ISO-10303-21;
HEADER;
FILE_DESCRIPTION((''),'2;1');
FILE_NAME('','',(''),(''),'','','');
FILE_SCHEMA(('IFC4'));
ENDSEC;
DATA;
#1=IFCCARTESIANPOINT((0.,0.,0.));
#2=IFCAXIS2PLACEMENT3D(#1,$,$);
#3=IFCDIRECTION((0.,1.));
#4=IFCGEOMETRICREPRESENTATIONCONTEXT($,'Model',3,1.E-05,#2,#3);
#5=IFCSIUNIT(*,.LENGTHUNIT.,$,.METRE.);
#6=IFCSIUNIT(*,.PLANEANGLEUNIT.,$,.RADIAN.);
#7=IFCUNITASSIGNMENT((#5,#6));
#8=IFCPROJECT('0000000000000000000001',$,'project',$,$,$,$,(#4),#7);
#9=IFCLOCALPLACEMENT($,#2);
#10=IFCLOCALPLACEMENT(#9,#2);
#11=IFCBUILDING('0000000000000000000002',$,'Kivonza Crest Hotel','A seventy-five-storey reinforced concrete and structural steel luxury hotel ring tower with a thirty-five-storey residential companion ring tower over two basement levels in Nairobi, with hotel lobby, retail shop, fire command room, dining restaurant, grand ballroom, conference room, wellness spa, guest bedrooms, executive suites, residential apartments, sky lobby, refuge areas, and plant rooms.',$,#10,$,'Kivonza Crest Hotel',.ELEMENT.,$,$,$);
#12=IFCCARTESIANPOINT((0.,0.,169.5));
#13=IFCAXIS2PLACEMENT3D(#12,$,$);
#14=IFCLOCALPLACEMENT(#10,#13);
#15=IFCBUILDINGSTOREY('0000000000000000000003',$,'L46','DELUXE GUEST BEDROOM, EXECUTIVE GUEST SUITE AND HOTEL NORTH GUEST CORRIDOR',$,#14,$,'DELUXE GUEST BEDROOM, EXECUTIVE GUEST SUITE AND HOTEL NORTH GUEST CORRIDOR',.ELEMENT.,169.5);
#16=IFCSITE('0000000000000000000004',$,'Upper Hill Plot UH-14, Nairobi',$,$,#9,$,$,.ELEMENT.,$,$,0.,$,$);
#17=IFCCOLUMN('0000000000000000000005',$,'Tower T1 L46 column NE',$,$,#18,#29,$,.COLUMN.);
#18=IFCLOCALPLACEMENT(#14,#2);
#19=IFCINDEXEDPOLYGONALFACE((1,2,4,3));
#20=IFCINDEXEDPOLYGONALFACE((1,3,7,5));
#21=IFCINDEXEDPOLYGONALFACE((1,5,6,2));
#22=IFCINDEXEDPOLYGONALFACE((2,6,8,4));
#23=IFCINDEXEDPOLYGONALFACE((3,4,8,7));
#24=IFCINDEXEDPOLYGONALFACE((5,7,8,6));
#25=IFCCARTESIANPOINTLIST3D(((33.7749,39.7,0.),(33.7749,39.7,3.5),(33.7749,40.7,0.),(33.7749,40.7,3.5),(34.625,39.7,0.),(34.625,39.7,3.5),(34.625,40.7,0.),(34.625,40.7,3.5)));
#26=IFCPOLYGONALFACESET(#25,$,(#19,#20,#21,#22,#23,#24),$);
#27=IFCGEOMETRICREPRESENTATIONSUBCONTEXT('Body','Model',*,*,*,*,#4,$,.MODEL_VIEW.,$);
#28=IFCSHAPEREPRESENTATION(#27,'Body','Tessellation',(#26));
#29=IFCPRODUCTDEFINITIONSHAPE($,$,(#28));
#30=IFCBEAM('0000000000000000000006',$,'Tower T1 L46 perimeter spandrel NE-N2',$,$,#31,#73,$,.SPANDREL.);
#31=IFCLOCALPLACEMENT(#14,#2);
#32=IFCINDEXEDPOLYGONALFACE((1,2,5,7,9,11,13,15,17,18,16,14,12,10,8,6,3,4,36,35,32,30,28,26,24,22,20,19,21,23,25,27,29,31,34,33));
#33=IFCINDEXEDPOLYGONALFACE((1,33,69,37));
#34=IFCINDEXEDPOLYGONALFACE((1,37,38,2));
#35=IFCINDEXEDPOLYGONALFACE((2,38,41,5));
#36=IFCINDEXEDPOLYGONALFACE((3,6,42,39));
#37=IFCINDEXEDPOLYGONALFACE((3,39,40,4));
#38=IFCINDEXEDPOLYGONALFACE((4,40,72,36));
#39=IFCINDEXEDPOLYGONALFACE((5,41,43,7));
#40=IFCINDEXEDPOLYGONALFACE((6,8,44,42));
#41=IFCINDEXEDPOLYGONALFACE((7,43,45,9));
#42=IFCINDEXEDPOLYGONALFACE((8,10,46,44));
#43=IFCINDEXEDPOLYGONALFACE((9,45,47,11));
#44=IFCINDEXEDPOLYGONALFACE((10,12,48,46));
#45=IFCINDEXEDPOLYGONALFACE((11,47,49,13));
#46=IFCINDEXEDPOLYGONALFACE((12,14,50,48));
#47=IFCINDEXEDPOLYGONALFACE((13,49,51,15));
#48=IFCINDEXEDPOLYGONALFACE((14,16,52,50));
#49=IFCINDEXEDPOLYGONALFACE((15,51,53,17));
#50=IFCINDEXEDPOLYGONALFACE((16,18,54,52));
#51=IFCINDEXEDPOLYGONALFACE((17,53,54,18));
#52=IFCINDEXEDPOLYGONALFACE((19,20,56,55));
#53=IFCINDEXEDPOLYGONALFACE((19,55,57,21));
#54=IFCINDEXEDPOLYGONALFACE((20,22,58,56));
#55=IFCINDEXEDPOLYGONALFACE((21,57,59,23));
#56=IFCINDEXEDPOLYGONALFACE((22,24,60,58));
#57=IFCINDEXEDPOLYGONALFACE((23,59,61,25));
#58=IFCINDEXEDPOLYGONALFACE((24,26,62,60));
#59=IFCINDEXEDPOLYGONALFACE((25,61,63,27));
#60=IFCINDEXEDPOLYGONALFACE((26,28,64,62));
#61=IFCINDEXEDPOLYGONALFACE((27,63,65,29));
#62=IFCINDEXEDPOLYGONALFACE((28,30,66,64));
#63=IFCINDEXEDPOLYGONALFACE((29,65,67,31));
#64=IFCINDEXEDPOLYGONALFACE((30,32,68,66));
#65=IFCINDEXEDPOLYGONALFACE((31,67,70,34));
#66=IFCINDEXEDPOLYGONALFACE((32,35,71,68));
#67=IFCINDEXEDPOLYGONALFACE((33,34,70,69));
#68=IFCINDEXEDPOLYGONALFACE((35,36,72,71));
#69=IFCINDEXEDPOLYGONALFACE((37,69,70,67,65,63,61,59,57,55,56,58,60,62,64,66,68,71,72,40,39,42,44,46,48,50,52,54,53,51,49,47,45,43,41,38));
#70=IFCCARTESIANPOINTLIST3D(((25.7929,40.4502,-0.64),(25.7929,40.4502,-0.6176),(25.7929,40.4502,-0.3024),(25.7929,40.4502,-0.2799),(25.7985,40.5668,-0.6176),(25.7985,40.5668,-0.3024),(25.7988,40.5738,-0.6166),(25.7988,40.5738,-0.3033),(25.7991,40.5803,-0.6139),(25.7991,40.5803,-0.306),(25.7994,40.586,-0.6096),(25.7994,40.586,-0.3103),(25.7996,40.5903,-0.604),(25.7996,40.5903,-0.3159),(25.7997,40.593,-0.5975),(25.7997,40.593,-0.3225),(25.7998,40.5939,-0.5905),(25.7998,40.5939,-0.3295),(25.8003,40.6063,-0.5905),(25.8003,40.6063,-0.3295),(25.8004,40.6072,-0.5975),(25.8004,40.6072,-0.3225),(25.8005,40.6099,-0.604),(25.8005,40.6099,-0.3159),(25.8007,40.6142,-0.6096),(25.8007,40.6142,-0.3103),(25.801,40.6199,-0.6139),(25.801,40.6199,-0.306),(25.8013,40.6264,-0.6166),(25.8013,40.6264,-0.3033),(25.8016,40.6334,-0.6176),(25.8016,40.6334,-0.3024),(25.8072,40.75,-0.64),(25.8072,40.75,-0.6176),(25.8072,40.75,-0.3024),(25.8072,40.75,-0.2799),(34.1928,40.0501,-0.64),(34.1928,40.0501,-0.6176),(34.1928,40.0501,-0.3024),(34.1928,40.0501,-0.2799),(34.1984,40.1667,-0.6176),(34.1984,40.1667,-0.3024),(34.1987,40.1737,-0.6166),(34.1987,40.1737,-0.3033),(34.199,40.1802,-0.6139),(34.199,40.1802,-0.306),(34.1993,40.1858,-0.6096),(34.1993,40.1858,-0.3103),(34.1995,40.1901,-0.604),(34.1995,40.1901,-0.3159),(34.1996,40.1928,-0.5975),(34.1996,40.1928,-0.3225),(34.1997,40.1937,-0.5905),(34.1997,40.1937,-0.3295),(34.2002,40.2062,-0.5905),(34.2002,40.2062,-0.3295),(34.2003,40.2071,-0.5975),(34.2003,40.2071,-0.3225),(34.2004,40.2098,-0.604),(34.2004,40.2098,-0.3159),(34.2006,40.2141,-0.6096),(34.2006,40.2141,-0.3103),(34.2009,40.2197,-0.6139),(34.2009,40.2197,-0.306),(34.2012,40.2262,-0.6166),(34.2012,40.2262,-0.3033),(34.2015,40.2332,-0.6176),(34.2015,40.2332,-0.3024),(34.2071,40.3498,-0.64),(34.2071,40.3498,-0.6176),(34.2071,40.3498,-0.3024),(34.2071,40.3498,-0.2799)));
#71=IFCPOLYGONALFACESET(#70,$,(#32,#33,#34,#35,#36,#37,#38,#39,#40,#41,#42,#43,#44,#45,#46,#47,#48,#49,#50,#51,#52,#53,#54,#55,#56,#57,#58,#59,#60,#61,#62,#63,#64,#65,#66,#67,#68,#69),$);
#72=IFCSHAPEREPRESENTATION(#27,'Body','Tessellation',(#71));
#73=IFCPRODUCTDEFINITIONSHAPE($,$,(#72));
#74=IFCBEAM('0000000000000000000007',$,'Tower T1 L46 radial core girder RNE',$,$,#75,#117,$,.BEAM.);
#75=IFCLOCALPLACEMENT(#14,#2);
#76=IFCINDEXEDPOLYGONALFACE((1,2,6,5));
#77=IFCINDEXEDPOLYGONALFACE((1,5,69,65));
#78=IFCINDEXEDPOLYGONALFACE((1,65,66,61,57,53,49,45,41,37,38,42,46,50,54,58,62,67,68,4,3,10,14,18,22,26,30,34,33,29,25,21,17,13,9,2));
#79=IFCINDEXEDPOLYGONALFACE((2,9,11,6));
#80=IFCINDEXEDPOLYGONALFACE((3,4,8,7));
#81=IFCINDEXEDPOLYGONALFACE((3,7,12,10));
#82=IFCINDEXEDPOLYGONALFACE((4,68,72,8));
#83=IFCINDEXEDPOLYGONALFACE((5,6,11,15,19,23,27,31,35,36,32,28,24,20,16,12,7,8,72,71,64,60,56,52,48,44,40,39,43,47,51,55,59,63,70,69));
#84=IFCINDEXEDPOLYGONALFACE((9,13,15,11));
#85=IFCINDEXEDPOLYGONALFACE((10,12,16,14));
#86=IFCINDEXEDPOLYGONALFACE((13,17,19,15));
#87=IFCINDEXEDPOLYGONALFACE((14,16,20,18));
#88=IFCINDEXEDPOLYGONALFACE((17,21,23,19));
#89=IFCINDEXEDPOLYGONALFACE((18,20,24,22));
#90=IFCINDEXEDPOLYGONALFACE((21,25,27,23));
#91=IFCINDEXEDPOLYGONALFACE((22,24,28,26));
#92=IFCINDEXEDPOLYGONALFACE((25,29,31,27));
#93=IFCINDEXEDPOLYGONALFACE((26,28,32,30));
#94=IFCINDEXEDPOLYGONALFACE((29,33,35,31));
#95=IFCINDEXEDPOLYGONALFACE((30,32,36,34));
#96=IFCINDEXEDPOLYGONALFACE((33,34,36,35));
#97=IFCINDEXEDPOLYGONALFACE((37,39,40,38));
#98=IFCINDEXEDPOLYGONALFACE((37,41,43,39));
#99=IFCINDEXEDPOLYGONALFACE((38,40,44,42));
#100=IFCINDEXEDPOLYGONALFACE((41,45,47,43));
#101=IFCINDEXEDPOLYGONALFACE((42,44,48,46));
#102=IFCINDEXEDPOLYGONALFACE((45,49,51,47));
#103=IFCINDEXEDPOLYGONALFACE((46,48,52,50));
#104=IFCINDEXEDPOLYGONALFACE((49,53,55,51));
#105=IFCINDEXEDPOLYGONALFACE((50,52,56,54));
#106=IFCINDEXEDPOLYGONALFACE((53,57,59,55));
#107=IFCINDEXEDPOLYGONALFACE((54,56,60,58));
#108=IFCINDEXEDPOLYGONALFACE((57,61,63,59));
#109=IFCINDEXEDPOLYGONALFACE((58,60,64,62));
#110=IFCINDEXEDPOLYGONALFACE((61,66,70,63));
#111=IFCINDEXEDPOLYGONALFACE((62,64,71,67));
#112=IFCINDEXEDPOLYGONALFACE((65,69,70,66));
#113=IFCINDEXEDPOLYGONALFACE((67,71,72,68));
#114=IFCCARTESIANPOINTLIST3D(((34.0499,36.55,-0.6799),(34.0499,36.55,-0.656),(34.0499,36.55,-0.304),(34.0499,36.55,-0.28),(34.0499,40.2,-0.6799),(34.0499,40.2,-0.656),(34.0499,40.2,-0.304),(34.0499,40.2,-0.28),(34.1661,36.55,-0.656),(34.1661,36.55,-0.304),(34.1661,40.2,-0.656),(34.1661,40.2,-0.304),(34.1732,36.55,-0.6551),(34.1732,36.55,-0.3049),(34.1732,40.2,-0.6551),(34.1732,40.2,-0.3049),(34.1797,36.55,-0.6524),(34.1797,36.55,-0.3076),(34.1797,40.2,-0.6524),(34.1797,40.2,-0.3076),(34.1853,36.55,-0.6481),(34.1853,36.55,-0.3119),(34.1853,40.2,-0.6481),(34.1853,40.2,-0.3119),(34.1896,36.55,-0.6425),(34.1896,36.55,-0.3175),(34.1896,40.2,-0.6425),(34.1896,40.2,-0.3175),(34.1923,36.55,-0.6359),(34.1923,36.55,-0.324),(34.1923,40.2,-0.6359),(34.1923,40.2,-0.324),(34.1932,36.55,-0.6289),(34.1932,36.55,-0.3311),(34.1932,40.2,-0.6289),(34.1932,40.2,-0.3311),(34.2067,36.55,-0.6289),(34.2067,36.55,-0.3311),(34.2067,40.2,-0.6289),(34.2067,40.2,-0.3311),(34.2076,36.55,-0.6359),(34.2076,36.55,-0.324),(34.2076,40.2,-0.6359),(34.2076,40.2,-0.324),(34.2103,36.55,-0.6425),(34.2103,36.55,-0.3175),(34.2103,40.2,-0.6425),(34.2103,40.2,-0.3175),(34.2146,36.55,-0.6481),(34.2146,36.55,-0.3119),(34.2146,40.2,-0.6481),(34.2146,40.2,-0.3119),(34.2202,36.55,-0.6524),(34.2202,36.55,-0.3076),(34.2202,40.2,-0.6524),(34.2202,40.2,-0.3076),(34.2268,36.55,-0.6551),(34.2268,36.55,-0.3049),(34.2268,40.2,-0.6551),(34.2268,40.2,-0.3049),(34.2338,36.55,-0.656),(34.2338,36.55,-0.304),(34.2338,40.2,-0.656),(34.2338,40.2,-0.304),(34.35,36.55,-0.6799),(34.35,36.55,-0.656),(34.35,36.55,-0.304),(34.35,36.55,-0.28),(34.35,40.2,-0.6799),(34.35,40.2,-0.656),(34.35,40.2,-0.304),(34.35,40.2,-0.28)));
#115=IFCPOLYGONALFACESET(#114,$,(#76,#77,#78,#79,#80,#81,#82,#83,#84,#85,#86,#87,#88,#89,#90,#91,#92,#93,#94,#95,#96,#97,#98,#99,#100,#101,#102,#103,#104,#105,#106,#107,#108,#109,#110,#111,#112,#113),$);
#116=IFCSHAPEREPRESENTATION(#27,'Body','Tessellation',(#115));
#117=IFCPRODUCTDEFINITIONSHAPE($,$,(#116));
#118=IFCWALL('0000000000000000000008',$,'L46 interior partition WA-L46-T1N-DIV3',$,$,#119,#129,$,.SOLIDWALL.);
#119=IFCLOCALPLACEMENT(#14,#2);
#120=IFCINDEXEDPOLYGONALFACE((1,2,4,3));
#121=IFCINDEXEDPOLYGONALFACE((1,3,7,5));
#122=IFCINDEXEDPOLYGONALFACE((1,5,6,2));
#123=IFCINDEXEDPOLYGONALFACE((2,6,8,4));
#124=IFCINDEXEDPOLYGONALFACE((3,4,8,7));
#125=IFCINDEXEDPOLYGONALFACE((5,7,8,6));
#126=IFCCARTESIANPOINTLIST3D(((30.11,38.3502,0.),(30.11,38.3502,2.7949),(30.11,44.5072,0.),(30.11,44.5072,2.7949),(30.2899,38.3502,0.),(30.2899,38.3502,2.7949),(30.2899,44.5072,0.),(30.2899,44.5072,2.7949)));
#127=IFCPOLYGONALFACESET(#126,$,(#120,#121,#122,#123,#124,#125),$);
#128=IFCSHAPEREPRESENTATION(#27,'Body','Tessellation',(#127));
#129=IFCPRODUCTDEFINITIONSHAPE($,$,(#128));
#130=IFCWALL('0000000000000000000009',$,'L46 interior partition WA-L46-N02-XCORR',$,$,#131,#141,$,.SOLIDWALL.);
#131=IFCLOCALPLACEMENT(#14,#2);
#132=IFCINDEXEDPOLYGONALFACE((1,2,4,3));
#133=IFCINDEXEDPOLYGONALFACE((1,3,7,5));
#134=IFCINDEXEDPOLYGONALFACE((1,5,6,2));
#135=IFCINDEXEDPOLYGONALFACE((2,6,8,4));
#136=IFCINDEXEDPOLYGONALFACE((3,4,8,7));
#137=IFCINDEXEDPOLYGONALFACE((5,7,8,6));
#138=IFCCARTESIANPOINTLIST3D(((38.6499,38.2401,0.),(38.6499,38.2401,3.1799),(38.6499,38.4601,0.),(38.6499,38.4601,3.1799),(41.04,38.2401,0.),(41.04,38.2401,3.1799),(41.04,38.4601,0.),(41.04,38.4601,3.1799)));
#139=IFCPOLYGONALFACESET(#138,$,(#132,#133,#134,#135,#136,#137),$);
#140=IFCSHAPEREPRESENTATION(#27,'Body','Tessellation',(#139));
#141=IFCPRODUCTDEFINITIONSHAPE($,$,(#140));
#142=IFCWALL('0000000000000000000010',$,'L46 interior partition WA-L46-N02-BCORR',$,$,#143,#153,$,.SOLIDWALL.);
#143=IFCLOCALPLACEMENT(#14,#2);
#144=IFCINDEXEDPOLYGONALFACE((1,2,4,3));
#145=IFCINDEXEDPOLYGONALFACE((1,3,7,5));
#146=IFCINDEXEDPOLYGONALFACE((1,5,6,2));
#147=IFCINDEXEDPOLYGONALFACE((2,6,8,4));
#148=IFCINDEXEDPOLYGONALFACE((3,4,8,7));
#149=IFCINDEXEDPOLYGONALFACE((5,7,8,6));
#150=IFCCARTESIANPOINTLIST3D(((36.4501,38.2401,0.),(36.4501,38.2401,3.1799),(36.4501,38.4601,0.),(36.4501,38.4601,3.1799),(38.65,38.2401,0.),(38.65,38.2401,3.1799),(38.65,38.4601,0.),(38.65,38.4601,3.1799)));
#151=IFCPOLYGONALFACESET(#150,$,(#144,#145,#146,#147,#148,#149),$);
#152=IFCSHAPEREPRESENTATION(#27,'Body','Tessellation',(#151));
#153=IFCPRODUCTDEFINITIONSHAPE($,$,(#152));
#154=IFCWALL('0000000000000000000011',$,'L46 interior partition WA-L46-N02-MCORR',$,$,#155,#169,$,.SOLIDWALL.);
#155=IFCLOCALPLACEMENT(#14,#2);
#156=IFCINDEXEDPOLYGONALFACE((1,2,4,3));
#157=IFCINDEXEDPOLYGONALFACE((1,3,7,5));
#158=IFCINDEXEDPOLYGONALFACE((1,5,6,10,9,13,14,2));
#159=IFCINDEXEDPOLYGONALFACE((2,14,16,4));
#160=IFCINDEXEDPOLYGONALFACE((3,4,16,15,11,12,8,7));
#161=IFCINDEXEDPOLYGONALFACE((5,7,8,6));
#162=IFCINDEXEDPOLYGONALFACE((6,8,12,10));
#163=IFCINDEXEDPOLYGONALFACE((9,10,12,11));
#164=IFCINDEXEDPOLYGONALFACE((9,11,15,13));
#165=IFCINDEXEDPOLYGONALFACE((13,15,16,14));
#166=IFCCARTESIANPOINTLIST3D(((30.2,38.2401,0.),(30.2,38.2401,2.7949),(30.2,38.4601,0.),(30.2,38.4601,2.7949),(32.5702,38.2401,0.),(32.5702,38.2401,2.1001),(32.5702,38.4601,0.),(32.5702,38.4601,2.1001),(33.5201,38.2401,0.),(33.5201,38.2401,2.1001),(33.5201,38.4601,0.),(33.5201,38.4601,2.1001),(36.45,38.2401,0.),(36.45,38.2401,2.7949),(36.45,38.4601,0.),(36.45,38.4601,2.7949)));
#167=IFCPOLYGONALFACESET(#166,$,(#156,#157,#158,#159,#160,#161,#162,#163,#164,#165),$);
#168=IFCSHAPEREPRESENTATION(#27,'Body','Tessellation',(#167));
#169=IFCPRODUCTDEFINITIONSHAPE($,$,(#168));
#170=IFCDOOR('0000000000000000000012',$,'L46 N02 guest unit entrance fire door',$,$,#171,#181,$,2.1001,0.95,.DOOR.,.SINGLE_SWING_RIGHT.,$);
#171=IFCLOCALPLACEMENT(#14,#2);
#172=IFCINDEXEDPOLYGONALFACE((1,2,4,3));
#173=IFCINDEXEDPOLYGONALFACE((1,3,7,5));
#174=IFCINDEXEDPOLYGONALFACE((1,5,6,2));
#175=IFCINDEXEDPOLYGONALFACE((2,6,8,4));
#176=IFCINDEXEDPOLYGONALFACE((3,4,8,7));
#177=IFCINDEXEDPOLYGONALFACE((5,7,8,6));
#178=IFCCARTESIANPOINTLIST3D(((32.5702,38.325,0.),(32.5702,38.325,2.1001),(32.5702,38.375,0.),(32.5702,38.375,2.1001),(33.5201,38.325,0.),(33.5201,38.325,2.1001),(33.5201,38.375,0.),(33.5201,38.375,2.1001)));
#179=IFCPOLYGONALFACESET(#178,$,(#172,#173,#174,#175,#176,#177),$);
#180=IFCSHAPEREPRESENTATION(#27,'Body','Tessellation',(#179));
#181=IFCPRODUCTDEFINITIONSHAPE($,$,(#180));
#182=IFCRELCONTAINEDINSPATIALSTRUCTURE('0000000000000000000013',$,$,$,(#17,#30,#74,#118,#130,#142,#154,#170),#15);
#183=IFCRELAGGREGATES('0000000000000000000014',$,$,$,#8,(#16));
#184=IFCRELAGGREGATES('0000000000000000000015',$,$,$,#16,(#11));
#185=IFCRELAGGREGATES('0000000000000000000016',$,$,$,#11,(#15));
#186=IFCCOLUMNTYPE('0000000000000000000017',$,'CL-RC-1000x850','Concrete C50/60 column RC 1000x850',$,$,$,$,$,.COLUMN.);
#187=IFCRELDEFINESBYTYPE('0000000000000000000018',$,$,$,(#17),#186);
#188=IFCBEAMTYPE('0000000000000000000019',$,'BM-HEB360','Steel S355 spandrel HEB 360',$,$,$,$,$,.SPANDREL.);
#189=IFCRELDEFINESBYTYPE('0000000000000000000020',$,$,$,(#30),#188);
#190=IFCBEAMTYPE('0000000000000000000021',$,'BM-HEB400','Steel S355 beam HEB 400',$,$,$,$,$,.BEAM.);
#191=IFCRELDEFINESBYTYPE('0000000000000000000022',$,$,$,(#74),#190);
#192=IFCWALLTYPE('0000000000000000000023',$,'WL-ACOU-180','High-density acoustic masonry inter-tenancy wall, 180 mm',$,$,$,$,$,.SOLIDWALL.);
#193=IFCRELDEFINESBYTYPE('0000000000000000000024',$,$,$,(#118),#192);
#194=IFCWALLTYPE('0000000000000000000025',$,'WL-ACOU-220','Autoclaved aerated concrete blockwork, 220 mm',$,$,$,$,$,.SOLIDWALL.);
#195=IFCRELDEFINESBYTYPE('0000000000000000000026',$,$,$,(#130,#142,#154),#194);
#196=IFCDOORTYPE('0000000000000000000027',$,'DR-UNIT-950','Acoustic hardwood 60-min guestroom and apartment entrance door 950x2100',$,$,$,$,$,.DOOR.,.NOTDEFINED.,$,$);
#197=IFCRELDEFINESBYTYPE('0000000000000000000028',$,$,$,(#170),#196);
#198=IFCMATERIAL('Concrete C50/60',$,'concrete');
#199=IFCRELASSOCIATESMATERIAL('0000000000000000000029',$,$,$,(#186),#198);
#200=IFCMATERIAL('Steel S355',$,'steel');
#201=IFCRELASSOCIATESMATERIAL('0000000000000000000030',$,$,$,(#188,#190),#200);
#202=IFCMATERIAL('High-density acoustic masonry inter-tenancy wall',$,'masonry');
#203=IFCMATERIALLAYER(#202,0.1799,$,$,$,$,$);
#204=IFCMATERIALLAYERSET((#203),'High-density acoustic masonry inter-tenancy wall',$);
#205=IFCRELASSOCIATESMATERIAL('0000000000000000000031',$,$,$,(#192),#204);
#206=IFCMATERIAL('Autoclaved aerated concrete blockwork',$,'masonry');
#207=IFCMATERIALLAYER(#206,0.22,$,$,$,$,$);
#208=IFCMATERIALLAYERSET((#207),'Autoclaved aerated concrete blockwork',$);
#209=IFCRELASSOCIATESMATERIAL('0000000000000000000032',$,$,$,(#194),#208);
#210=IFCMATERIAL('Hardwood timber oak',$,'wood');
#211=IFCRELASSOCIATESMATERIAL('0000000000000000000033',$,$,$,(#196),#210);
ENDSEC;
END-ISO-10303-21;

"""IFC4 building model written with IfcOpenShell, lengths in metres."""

from ifc_helpers import new_model, si_unit, direction, frame, frame_2d, origin, origin_2d, place, context, subcontext, project, spatial, rectangle, i_section, extrude, material, layer, layer_set, material_profile, profile_set, type_object, element, fill, save


model = new_model("IFC4")

# Units and contexts
model_context = context("Model", 3, precision=1e-05, world=origin(), true_north=direction((0.0, 1.0)))
body_context = subcontext(model_context, "Body", "Model", "MODEL_VIEW")
ifc_project = project(units=[si_unit("LENGTHUNIT", "METRE"), si_unit("PLANEANGLEUNIT", "RADIAN")], contexts=[model_context])

# Site, building, storey
site_placement = place(None, origin())
site = spatial("IfcSite", under=ifc_project, at=site_placement, Name="Upper Hill Plot UH-14, Nairobi", CompositionType="ELEMENT", RefElevation=0.0)
building_placement = place(site_placement, origin())
building = spatial("IfcBuilding", under=site, at=building_placement, Name="Kivonza Crest Hotel", Description="A seventy-five-storey reinforced concrete and structural steel luxury hotel ring tower with a thirty-five-storey residential companion ring tower over two basement levels in Nairobi, with hotel lobby, retail shop, fire command room, dining restaurant, grand ballroom, conference room, wellness spa, guest bedrooms, executive suites, residential apartments, sky lobby, refuge areas, and plant rooms.", LongName="Kivonza Crest Hotel", CompositionType="ELEMENT")
storey_placement = place(building_placement, frame((0.0, 0.0, 169.5)))
storey = spatial("IfcBuildingStorey", under=building, at=storey_placement, Name="L46", Description="DELUXE GUEST BEDROOM, EXECUTIVE GUEST SUITE AND HOTEL NORTH GUEST CORRIDOR", LongName="DELUXE GUEST BEDROOM, EXECUTIVE GUEST SUITE AND HOTEL NORTH GUEST CORRIDOR", CompositionType="ELEMENT", Elevation=169.5)

# Column
ifc_material_1 = material(Name="Concrete C50/60", Category="concrete")
ifc_material_profile_1 = material_profile(ifc_material_1, rectangle(XDim=0.8501, YDim=1.0, at=origin_2d()), Name="RC 1000x850")
ifc_profile_set_1 = profile_set([ifc_material_profile_1], Name="Concrete C50/60")
column_type = type_object("IfcColumnType", Name="CL-RC-1000x850", Description="Concrete C50/60 column RC 1000x850", PredefinedType="COLUMN", material=ifc_profile_set_1)
column_placement = place(storey_placement, frame((34.2, 40.2, 0.0), z_axis=(0.0, 0.0, 1.0), x_axis=(1.0, 0.0, 0.0)))
element("IfcColumn", 1, at=column_placement, inside=storey, type_object=column_type, Name="Tower T1 L46 column NE", PredefinedType="COLUMN", context=body_context, shape_type="SweptSolid", body=[
    extrude(rectangle(XDim=0.8501, YDim=1.0, at=origin_2d()), origin(), (0.0, 0.0, 1.0), 3.5),
])

# Beams
ifc_material_2 = material(Name="Steel S355", Category="steel")
ifc_material_profile_2 = material_profile(ifc_material_2, i_section(OverallWidth=0.3, OverallDepth=0.3601, WebThickness=0.0125, FlangeThickness=0.0225, FilletRadius=0.0271, at=origin_2d()), Name="HEB 360")
ifc_profile_set_2 = profile_set([ifc_material_profile_2], Name="Steel S355")
beam_type_1 = type_object("IfcBeamType", Name="BM-HEB360", Description="Steel S355 spandrel HEB 360", PredefinedType="SPANDREL", material=ifc_profile_set_2)
beam_1_placement = place(storey_placement, frame((34.2, 40.2, -0.46), z_axis=(-0.998867, 0.047583, 0.0), x_axis=(-0.047583, -0.998867, 0.0)))
element("IfcBeam", 2, at=beam_1_placement, inside=storey, type_object=beam_type_1, Name="Tower T1 L46 perimeter spandrel NE-N2", PredefinedType="SPANDREL", context=body_context, shape_type="SweptSolid", body=[
    extrude(i_section(OverallWidth=0.3, OverallDepth=0.3601, WebThickness=0.0125, FlangeThickness=0.0225, FilletRadius=0.0271, at=origin_2d()), origin(), (0.0, 0.0, 1.0), 8.4094),
])
ifc_material_profile_3 = material_profile(ifc_material_2, i_section(OverallWidth=0.3, OverallDepth=0.3999, WebThickness=0.0134, FlangeThickness=0.0239, FilletRadius=0.0271, at=origin_2d()), Name="HEB 400")
ifc_profile_set_3 = profile_set([ifc_material_profile_3], Name="Steel S355")
beam_type_2 = type_object("IfcBeamType", Name="BM-HEB400", Description="Steel S355 beam HEB 400", PredefinedType="BEAM", material=ifc_profile_set_3)
beam_2_placement = place(storey_placement, frame((34.2, 40.2, -0.48), z_axis=(0.0, -1.0, 0.0), x_axis=(1.0, 0.0, 0.0)))
element("IfcBeam", 3, at=beam_2_placement, inside=storey, type_object=beam_type_2, Name="Tower T1 L46 radial core girder RNE", PredefinedType="BEAM", context=body_context, shape_type="SweptSolid", body=[
    extrude(i_section(OverallWidth=0.3, OverallDepth=0.3999, WebThickness=0.0134, FlangeThickness=0.0239, FilletRadius=0.0271, at=origin_2d()), origin(), (0.0, 0.0, 1.0), 3.6499),
])

# Walls
ifc_material_3 = material(Name="High-density acoustic masonry inter-tenancy wall", Category="masonry")
ifc_layer_1 = layer(ifc_material_3, 0.1799)
ifc_layer_set_1 = layer_set([ifc_layer_1], Name="High-density acoustic masonry inter-tenancy wall")
wall_type_1 = type_object("IfcWallType", Name="WL-ACOU-180", Description="High-density acoustic masonry inter-tenancy wall, 180 mm", PredefinedType="SOLIDWALL", material=ifc_layer_set_1)
wall_1_placement = place(storey_placement, frame((30.2, 38.3501, 0.0), z_axis=(0.0, 0.0, 1.0), x_axis=(0.0, 1.0, 0.0)))
element("IfcWall", 4, at=wall_1_placement, inside=storey, type_object=wall_type_1, Name="L46 interior partition WA-L46-T1N-DIV3", PredefinedType="SOLIDWALL", context=body_context, shape_type="SweptSolid", body=[
    extrude(rectangle(XDim=6.157, YDim=0.1799, at=frame_2d((3.0786, 0.0))), origin(), (0.0, 0.0, 1.0), 2.7949),
])
ifc_material_4 = material(Name="Autoclaved aerated concrete blockwork", Category="masonry")
ifc_layer_2 = layer(ifc_material_4, 0.22)
ifc_layer_set_2 = layer_set([ifc_layer_2], Name="Autoclaved aerated concrete blockwork")
wall_type_2 = type_object("IfcWallType", Name="WL-ACOU-220", Description="Autoclaved aerated concrete blockwork, 220 mm", PredefinedType="SOLIDWALL", material=ifc_layer_set_2)
wall_2_placement = place(storey_placement, frame((38.6499, 38.3501, 0.0), z_axis=(0.0, 0.0, 1.0), x_axis=(1.0, 0.0, 0.0)))
element("IfcWall", 5, at=wall_2_placement, inside=storey, type_object=wall_type_2, Name="L46 interior partition WA-L46-N02-XCORR", PredefinedType="SOLIDWALL", context=body_context, shape_type="SweptSolid", body=[
    extrude(rectangle(XDim=2.3901, YDim=0.22, at=frame_2d((1.1951, 0.0))), origin(), (0.0, 0.0, 1.0), 3.1799),
])
wall_3_placement = place(storey_placement, frame((36.45, 38.3501, 0.0), z_axis=(0.0, 0.0, 1.0), x_axis=(1.0, 0.0, 0.0)))
element("IfcWall", 6, at=wall_3_placement, inside=storey, type_object=wall_type_2, Name="L46 interior partition WA-L46-N02-BCORR", PredefinedType="SOLIDWALL", context=body_context, shape_type="SweptSolid", body=[
    extrude(rectangle(XDim=2.2, YDim=0.22, at=frame_2d((1.1001, 0.0))), origin(), (0.0, 0.0, 1.0), 3.1799),
])

# Wall, opening, door
wall_4_placement = place(storey_placement, frame((30.2, 38.3501, 0.0), z_axis=(0.0, 0.0, 1.0), x_axis=(1.0, 0.0, 0.0)))
wall_4 = element("IfcWall", 7, at=wall_4_placement, inside=storey, type_object=wall_type_2, Name="L46 interior partition WA-L46-N02-MCORR", PredefinedType="SOLIDWALL", context=body_context, shape_type="SweptSolid", body=[
    extrude(rectangle(XDim=6.25, YDim=0.22, at=frame_2d((3.125, 0.0))), origin(), (0.0, 0.0, 1.0), 2.7949),
])
opening_1_placement = place(wall_4_placement, frame((2.3701, 0.0, 0.0)))
opening_1 = element("IfcOpeningElement", 8, at=opening_1_placement, cuts=wall_4, PredefinedType="OPENING", context=body_context, shape_type="SweptSolid", body=[
    extrude(rectangle(XDim=0.95, YDim=2.1001, at=frame_2d((0.4751, 1.05))), frame((0.0, 0.1201, 0.0), z_axis=(0.0, -1.0, 0.0), x_axis=(1.0, 0.0, 0.0)), (0.0, 0.0, 1.0), 0.24),
])
ifc_material_5 = material(Name="Hardwood timber oak", Category="wood")
door_type_1 = type_object("IfcDoorType", Name="DR-UNIT-950", Description="Acoustic hardwood 60-min guestroom and apartment entrance door 950x2100", OperationType="NOTDEFINED", PredefinedType="DOOR", material=ifc_material_5)
door_1_placement = place(opening_1_placement, origin())
door_1 = element("IfcDoor", 9, at=door_1_placement, inside=storey, type_object=door_type_1, Name="L46 N02 guest unit entrance fire door", OperationType="SINGLE_SWING_RIGHT", OverallHeight=2.1001, OverallWidth=0.95, PredefinedType="DOOR", context=body_context, shape_type="SweptSolid", body=[
    extrude(rectangle(XDim=0.95, YDim=2.1001, at=frame_2d((0.4751, 1.05))), frame((0.0, 0.0249, 0.0), z_axis=(0.0, -1.0, 0.0), x_axis=(1.0, 0.0, 0.0)), (0.0, 0.0, 1.0), 0.05),
])
fill(opening_1, door_1)

save(model, "model.ifc")
